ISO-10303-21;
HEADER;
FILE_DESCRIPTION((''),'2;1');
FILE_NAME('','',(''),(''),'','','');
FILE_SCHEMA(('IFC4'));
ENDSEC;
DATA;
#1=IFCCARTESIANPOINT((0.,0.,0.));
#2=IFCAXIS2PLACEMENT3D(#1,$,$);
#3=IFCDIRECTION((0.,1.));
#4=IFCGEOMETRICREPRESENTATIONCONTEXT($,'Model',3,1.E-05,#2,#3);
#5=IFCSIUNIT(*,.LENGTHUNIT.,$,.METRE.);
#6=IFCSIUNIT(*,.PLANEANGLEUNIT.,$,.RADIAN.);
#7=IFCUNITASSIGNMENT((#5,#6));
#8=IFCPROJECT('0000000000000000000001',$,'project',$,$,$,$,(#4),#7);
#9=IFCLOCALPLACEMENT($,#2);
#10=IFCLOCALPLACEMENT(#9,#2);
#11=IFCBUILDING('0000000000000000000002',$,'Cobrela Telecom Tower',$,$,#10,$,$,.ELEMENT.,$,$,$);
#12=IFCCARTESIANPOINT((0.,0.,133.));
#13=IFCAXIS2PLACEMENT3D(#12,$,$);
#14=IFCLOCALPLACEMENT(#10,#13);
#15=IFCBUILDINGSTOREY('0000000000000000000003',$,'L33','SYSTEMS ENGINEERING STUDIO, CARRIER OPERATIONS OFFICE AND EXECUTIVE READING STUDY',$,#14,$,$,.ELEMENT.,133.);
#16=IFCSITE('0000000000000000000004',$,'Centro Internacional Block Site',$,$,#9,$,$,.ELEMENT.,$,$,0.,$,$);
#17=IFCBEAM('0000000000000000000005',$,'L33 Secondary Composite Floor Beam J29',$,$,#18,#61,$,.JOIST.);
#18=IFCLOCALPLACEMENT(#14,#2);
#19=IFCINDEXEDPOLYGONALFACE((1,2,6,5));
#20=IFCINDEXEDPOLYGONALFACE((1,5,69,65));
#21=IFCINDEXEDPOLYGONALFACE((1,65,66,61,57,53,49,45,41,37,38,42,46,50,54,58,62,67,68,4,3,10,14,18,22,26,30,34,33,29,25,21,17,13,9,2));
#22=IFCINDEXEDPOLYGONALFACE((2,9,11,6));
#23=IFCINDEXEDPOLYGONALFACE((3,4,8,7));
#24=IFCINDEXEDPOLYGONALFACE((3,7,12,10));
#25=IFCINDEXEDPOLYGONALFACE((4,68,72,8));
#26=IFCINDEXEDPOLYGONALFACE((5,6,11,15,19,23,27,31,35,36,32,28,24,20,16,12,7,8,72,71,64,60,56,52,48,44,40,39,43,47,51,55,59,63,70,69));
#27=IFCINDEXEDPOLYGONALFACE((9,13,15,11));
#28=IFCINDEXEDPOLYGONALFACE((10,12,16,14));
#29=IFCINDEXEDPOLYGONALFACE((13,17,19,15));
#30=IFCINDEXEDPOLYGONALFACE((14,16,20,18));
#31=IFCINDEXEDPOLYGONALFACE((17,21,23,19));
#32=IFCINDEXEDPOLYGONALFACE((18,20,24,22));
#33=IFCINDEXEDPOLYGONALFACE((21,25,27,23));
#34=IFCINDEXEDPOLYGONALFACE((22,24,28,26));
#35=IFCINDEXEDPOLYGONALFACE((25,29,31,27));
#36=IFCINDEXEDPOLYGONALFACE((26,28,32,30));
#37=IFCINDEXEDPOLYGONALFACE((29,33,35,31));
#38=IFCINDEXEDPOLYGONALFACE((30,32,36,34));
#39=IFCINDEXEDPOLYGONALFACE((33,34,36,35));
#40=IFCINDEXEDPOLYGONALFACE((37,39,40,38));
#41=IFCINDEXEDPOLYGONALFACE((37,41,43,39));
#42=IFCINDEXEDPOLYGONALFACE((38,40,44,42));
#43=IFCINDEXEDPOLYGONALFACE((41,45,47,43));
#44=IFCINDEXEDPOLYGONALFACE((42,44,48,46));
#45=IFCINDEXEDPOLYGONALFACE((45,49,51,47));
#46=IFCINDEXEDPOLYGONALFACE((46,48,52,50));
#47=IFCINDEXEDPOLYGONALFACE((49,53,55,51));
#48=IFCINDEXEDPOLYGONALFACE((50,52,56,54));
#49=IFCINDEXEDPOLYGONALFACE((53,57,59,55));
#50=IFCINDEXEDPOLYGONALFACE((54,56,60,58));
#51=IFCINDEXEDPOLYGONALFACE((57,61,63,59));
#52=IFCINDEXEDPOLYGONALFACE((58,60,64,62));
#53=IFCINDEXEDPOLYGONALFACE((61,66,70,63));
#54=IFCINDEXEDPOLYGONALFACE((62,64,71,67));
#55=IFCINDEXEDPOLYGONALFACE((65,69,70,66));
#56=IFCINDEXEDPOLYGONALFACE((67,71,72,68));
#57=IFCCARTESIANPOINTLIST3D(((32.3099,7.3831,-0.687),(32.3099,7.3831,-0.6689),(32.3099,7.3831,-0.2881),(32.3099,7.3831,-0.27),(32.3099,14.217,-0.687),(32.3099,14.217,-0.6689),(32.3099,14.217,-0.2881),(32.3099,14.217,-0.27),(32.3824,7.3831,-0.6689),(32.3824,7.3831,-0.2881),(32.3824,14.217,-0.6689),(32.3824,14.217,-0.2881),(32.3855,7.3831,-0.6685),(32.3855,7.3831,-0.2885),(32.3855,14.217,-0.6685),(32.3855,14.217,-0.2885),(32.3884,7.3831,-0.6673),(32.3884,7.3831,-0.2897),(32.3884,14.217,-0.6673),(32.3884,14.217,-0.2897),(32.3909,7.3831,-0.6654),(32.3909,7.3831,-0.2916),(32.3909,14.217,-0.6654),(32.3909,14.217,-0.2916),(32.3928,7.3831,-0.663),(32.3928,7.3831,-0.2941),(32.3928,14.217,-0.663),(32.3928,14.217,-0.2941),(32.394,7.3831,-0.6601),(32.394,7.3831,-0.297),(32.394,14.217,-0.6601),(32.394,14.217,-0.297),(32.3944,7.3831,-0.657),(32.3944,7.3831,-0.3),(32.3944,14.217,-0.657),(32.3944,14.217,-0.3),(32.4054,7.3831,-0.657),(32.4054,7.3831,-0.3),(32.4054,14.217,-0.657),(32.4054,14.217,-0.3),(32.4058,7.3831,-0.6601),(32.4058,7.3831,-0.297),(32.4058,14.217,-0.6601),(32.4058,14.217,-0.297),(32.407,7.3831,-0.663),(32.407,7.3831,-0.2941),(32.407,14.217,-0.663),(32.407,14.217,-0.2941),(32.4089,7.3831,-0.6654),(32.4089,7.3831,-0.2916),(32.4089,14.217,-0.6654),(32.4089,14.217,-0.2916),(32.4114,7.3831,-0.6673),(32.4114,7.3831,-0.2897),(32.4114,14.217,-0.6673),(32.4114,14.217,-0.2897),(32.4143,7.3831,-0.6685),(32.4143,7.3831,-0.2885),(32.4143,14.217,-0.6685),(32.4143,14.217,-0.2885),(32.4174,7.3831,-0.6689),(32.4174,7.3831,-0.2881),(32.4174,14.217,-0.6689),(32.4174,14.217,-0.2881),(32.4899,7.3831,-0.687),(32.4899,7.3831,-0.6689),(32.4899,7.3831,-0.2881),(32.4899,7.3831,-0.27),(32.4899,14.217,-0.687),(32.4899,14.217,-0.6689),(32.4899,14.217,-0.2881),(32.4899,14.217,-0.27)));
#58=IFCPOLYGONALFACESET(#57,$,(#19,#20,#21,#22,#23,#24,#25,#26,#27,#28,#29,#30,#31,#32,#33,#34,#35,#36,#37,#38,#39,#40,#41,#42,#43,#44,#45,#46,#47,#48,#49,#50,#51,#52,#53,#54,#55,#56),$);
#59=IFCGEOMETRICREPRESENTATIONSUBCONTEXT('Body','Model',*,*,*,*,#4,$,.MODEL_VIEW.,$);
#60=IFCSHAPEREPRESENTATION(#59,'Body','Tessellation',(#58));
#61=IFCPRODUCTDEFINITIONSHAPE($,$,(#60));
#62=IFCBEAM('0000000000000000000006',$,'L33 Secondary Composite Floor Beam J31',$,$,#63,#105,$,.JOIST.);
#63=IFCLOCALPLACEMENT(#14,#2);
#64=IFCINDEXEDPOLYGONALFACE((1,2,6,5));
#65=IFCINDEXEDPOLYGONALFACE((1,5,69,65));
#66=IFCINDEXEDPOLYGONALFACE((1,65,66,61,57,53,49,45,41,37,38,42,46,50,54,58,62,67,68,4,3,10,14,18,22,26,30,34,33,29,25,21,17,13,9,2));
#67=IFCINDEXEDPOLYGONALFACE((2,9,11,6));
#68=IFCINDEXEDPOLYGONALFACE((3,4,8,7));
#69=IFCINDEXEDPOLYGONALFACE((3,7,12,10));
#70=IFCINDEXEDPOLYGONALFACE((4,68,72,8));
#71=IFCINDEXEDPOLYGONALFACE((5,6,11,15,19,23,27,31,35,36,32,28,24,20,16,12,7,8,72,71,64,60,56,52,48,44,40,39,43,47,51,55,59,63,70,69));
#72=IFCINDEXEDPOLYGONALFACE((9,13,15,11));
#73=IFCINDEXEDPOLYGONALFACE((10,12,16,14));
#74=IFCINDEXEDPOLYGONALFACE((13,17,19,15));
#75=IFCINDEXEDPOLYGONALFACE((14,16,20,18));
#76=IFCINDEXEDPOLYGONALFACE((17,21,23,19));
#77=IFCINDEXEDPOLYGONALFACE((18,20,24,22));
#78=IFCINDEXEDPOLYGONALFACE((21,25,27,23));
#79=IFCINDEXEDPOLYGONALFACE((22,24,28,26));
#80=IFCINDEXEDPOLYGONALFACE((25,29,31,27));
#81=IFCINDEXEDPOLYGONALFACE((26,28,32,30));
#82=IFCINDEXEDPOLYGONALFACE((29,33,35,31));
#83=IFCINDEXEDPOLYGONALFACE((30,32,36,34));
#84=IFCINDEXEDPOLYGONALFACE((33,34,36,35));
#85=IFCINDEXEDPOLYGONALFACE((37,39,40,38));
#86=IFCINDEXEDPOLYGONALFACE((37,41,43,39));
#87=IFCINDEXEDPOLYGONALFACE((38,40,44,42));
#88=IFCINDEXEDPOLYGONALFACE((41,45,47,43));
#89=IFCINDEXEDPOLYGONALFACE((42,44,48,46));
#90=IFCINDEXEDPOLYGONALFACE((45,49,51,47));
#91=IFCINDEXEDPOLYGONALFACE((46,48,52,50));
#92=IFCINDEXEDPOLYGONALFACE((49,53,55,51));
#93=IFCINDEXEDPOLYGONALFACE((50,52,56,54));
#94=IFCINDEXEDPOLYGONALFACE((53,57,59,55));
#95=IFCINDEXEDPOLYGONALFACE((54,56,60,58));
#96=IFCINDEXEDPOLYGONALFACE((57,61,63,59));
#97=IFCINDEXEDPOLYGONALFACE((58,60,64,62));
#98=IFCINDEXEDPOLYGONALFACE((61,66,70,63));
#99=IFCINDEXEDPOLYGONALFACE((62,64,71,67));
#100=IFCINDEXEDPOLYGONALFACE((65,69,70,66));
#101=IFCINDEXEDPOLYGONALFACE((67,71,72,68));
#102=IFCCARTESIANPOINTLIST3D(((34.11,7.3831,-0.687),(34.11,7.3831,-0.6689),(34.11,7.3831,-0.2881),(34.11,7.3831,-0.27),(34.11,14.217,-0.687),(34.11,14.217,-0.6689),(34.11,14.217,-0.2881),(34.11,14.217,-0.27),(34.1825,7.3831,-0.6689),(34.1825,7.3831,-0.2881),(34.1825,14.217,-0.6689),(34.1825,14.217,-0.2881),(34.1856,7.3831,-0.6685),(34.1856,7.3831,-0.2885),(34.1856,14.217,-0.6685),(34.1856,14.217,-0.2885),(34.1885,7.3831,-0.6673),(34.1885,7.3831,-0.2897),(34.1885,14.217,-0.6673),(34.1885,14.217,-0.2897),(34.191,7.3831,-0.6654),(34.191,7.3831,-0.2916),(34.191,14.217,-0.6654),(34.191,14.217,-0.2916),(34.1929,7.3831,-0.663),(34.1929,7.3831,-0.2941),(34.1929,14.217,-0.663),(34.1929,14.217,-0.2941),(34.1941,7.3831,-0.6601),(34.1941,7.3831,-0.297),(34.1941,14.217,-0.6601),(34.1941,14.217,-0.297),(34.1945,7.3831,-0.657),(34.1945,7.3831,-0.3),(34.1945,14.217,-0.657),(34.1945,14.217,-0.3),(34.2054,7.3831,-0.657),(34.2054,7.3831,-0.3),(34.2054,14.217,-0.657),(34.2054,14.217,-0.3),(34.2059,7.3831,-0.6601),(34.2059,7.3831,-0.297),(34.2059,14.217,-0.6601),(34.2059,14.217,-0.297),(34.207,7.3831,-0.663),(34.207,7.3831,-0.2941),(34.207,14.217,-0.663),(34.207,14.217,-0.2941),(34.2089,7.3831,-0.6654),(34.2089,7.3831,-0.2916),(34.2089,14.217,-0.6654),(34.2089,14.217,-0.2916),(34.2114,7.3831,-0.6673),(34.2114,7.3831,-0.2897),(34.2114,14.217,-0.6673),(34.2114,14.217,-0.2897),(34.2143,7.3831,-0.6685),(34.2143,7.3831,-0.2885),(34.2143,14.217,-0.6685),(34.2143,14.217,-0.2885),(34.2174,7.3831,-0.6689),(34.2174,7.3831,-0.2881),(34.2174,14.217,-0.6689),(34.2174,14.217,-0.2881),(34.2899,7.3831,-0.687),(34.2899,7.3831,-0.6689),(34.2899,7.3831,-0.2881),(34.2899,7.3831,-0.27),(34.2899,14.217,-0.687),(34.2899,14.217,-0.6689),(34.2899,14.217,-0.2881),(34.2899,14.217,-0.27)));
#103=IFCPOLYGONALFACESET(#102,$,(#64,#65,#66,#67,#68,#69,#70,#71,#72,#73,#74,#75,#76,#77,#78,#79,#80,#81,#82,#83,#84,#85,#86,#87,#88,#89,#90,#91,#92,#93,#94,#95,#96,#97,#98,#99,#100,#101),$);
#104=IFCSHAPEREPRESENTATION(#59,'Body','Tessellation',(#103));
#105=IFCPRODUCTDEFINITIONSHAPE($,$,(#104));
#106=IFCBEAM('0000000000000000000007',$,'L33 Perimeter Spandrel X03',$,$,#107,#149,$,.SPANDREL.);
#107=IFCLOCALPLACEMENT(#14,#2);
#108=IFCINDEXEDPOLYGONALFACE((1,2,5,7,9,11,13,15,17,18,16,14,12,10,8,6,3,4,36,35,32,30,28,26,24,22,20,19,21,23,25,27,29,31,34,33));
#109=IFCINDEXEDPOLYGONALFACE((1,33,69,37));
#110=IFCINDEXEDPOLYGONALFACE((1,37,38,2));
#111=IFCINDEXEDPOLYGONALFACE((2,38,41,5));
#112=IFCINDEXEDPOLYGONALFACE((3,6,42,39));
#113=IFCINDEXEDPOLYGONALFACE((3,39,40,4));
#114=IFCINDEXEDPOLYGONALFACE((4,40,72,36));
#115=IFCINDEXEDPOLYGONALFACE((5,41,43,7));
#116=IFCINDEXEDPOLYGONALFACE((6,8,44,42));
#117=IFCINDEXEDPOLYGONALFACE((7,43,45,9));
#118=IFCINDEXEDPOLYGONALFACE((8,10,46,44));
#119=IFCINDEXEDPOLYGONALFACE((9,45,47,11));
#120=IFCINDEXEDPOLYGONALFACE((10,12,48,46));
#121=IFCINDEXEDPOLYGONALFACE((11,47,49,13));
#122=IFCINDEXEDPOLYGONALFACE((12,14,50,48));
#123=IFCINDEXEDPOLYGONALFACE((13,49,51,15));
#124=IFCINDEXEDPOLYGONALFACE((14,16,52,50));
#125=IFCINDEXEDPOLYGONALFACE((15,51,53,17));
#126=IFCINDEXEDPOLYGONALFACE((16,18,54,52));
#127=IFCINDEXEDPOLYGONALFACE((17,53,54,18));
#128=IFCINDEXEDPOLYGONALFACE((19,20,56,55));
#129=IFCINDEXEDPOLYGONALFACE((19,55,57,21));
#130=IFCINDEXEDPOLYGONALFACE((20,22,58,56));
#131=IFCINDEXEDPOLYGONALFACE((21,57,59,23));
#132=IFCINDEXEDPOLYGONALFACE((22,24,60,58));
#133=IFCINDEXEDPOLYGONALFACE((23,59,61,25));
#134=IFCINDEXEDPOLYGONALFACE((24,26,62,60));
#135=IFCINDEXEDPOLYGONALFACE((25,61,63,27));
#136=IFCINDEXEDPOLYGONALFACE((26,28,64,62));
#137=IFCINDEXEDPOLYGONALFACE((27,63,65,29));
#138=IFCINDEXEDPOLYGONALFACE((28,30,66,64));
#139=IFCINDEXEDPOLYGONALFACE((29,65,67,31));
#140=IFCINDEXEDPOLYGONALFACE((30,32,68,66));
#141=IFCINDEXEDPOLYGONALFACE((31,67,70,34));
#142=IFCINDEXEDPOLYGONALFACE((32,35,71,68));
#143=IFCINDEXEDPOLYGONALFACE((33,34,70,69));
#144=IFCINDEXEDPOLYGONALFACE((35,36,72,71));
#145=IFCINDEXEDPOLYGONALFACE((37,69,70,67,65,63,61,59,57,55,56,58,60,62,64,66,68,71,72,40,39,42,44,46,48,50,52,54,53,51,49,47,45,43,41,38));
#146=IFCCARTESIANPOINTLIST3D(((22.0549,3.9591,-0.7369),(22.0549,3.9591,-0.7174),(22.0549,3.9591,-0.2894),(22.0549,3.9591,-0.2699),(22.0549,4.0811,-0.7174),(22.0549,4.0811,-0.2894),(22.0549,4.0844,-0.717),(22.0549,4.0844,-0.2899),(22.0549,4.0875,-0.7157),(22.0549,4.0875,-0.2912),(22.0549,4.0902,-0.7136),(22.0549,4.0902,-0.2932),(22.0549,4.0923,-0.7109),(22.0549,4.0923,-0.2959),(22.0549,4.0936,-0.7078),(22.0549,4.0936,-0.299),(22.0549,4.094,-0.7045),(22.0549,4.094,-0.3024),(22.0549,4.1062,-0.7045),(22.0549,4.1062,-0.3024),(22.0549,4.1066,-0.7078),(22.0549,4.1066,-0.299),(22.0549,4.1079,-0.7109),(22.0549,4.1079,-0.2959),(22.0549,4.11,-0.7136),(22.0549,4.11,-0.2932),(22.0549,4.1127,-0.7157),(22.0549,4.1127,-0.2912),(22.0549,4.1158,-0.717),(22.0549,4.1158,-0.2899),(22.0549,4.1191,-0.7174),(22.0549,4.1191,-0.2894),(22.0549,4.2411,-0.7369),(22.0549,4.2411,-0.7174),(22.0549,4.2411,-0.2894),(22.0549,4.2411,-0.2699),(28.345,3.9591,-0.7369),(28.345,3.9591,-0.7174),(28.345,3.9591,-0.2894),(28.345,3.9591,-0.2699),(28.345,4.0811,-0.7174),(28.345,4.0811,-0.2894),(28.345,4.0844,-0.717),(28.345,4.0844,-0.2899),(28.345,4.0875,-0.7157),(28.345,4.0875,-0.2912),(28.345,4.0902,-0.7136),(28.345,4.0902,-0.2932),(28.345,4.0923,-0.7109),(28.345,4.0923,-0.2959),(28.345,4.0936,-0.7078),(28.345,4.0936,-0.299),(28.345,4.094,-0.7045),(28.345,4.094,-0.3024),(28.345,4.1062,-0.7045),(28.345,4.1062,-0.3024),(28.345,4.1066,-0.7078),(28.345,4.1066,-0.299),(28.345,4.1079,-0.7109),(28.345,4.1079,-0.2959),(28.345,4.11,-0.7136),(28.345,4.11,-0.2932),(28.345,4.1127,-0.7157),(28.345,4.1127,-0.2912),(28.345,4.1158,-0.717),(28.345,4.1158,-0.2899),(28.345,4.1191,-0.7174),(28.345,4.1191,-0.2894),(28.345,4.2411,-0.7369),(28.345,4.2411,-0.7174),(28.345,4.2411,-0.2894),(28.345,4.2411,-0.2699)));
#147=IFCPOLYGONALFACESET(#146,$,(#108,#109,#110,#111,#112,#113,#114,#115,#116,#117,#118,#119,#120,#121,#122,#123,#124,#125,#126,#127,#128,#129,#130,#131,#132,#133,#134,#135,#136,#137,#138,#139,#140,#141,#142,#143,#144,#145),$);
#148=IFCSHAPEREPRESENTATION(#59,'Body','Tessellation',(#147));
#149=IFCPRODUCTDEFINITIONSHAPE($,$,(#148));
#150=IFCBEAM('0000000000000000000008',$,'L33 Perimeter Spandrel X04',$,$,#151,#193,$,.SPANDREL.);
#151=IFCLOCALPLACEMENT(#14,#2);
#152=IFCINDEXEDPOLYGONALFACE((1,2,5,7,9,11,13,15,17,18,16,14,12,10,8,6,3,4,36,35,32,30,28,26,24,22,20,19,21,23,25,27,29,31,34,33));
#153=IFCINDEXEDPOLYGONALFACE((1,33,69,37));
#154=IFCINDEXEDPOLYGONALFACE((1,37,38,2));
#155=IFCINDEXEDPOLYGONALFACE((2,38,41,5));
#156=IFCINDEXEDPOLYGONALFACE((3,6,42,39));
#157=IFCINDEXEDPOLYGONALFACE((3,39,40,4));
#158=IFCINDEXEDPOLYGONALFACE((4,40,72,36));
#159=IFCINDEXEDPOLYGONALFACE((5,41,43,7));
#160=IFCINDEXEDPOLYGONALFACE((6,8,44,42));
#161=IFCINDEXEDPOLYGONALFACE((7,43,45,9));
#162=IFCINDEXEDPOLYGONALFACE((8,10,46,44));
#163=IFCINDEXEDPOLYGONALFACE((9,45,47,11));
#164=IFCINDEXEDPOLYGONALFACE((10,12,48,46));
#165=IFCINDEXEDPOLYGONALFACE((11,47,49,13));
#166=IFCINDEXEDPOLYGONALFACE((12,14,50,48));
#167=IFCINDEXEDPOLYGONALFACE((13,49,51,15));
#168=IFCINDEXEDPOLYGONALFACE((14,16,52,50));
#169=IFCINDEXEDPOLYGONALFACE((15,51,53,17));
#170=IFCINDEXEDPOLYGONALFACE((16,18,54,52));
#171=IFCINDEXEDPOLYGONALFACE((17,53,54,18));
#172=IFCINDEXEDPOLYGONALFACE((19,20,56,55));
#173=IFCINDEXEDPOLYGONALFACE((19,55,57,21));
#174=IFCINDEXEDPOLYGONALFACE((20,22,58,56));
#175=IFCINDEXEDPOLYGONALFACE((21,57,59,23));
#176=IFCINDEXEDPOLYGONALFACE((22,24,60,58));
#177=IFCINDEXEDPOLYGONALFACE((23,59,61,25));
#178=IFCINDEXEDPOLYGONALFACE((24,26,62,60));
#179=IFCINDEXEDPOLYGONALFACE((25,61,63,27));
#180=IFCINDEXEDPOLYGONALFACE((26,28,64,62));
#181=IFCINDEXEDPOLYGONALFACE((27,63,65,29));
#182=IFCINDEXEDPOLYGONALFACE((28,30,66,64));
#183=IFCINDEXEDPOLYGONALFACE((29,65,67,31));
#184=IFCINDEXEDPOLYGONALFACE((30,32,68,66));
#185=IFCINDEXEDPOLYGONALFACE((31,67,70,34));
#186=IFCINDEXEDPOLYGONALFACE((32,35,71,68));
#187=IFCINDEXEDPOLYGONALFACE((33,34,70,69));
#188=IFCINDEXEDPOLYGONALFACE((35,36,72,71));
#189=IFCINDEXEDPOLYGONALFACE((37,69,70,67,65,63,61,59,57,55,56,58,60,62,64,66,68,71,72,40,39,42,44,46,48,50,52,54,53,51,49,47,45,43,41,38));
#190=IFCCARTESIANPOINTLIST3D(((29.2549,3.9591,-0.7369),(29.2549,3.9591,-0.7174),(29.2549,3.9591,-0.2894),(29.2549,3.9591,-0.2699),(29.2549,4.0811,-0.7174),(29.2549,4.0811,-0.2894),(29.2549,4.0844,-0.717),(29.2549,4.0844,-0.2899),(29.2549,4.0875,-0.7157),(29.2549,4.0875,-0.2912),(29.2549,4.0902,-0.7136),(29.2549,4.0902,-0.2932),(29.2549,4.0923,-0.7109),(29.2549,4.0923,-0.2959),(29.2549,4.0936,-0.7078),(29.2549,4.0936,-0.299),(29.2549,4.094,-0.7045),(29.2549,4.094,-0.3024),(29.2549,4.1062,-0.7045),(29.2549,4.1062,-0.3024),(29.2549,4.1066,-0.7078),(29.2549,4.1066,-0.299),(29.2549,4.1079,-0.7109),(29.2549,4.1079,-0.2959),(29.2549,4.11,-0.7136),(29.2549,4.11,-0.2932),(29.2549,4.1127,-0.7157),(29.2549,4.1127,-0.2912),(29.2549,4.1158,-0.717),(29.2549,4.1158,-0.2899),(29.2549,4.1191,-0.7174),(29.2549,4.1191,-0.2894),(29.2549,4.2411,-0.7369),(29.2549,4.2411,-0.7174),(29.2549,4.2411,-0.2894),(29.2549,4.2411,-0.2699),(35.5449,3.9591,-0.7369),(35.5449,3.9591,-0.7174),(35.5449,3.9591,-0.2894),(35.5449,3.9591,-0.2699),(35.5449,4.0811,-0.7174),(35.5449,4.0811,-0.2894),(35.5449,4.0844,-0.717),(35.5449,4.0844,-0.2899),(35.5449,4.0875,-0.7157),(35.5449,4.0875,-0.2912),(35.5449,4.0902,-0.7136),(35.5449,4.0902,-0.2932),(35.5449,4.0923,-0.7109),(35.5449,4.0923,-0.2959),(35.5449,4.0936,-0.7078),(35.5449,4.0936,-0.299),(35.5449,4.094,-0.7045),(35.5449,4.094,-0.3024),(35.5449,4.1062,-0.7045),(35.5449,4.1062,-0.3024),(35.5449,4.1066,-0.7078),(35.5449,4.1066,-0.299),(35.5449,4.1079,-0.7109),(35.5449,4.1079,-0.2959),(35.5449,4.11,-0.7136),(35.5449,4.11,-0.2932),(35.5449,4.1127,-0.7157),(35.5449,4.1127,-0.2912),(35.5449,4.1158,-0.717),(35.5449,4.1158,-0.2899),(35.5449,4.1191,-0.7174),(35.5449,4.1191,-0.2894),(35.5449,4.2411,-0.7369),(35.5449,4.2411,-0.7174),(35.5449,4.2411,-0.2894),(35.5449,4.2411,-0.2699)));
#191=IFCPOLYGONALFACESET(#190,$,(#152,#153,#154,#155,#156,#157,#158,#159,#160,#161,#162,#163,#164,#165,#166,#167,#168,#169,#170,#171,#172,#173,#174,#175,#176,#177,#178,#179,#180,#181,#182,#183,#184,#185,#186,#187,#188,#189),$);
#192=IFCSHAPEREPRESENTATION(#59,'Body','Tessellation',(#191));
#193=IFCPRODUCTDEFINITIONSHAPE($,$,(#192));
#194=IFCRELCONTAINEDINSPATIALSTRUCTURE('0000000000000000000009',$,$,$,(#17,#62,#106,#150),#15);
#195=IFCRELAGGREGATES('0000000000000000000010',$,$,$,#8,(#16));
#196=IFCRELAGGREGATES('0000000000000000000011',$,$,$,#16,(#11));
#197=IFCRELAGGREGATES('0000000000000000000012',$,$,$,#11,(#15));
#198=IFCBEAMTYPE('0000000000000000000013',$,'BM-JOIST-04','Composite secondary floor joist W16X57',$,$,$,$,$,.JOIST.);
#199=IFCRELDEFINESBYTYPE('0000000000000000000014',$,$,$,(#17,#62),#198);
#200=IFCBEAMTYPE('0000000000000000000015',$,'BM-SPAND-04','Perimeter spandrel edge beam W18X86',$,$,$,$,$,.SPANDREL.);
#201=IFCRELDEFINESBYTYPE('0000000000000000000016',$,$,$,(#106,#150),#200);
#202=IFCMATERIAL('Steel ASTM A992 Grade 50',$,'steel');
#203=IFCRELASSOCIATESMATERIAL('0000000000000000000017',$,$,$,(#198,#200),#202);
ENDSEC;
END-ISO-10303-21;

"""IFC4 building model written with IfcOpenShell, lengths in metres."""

from ifc_helpers import new_model, si_unit, direction, frame, origin, origin_2d, place, context, subcontext, project, spatial, i_section, extrude, material, material_profile, profile_set, type_object, element, save


model = new_model("IFC4")

# Units and contexts
model_context = context("Model", 3, precision=1e-05, world=origin(), true_north=direction((0.0, 1.0)))
body_context = subcontext(model_context, "Body", "Model", "MODEL_VIEW")
ifc_project = project(units=[si_unit("LENGTHUNIT", "METRE"), si_unit("PLANEANGLEUNIT", "RADIAN")], contexts=[model_context])

# Site, building, storey
site_placement = place(None, origin())
site = spatial("IfcSite", under=ifc_project, at=site_placement, Name="Centro Internacional Block Site", CompositionType="ELEMENT", RefElevation=0.0)
building_placement = place(site_placement, origin())
building = spatial("IfcBuilding", under=site, at=building_placement, Name="Cobrela Telecom Tower", CompositionType="ELEMENT")
storey_placement = place(building_placement, frame((0.0, 0.0, 133.0)))
storey = spatial("IfcBuildingStorey", under=building, at=storey_placement, Name="L33", Description="SYSTEMS ENGINEERING STUDIO, CARRIER OPERATIONS OFFICE AND EXECUTIVE READING STUDY", CompositionType="ELEMENT", Elevation=133.0)

# Shared definitions
ifc_material_1 = material(Name="Steel ASTM A992 Grade 50", Category="steel")

# Beams
ifc_material_profile_1 = material_profile(ifc_material_1, i_section(OverallWidth=0.1799, OverallDepth=0.417, WebThickness=0.011, FlangeThickness=0.0181, FilletRadius=0.012, at=origin_2d()), Name="W16X57")
ifc_profile_set_1 = profile_set([ifc_material_profile_1], Name="Steel ASTM A992 Grade 50")
beam_type_1 = type_object("IfcBeamType", Name="BM-JOIST-04", Description="Composite secondary floor joist W16X57", PredefinedType="JOIST", material=ifc_profile_set_1)
for number, where, z_axis, x_axis, name in (
    (1, (32.3999, 7.3831, -0.4785), (0.0, 1.0, 0.0), (-1.0, 0.0, 0.0), "L33 Secondary Composite Floor Beam J29"),
    (2, (34.2, 7.3831, -0.4785), (0.0, 1.0, 0.0), (-1.0, 0.0, 0.0), "L33 Secondary Composite Floor Beam J31"),
):
    element("IfcBeam", number, at=place(storey_placement, frame(where, z_axis=z_axis, x_axis=x_axis)), inside=storey, type_object=beam_type_1, Name=name, PredefinedType="JOIST", context=body_context, shape_type="SweptSolid", body=[
        extrude(i_section(OverallWidth=0.1799, OverallDepth=0.417, WebThickness=0.011, FlangeThickness=0.0181, FilletRadius=0.012, at=origin_2d()), origin(), (0.0, 0.0, 1.0), 6.834),
    ])
ifc_material_profile_2 = material_profile(ifc_material_1, i_section(OverallWidth=0.282, OverallDepth=0.467, WebThickness=0.0122, FlangeThickness=0.0195, FilletRadius=0.0129, at=origin_2d()), Name="W18X86")
ifc_profile_set_2 = profile_set([ifc_material_profile_2], Name="Steel ASTM A992 Grade 50")
beam_type_2 = type_object("IfcBeamType", Name="BM-SPAND-04", Description="Perimeter spandrel edge beam W18X86", PredefinedType="SPANDREL", material=ifc_profile_set_2)
for number, where, z_axis, x_axis, name in (
    (3, (22.0549, 4.1001, -0.5034), (1.0, 0.0, 0.0), (0.0, 1.0, 0.0), "L33 Perimeter Spandrel X03"),
    (4, (29.2549, 4.1001, -0.5034), (1.0, 0.0, 0.0), (0.0, 1.0, 0.0), "L33 Perimeter Spandrel X04"),
):
    element("IfcBeam", number, at=place(storey_placement, frame(where, z_axis=z_axis, x_axis=x_axis)), inside=storey, type_object=beam_type_2, Name=name, PredefinedType="SPANDREL", context=body_context, shape_type="SweptSolid", body=[
        extrude(i_section(OverallWidth=0.282, OverallDepth=0.467, WebThickness=0.0122, FlangeThickness=0.0195, FilletRadius=0.0129, at=origin_2d()), origin(), (0.0, 0.0, 1.0), 6.29),
    ])

save(model, "model.ifc")
